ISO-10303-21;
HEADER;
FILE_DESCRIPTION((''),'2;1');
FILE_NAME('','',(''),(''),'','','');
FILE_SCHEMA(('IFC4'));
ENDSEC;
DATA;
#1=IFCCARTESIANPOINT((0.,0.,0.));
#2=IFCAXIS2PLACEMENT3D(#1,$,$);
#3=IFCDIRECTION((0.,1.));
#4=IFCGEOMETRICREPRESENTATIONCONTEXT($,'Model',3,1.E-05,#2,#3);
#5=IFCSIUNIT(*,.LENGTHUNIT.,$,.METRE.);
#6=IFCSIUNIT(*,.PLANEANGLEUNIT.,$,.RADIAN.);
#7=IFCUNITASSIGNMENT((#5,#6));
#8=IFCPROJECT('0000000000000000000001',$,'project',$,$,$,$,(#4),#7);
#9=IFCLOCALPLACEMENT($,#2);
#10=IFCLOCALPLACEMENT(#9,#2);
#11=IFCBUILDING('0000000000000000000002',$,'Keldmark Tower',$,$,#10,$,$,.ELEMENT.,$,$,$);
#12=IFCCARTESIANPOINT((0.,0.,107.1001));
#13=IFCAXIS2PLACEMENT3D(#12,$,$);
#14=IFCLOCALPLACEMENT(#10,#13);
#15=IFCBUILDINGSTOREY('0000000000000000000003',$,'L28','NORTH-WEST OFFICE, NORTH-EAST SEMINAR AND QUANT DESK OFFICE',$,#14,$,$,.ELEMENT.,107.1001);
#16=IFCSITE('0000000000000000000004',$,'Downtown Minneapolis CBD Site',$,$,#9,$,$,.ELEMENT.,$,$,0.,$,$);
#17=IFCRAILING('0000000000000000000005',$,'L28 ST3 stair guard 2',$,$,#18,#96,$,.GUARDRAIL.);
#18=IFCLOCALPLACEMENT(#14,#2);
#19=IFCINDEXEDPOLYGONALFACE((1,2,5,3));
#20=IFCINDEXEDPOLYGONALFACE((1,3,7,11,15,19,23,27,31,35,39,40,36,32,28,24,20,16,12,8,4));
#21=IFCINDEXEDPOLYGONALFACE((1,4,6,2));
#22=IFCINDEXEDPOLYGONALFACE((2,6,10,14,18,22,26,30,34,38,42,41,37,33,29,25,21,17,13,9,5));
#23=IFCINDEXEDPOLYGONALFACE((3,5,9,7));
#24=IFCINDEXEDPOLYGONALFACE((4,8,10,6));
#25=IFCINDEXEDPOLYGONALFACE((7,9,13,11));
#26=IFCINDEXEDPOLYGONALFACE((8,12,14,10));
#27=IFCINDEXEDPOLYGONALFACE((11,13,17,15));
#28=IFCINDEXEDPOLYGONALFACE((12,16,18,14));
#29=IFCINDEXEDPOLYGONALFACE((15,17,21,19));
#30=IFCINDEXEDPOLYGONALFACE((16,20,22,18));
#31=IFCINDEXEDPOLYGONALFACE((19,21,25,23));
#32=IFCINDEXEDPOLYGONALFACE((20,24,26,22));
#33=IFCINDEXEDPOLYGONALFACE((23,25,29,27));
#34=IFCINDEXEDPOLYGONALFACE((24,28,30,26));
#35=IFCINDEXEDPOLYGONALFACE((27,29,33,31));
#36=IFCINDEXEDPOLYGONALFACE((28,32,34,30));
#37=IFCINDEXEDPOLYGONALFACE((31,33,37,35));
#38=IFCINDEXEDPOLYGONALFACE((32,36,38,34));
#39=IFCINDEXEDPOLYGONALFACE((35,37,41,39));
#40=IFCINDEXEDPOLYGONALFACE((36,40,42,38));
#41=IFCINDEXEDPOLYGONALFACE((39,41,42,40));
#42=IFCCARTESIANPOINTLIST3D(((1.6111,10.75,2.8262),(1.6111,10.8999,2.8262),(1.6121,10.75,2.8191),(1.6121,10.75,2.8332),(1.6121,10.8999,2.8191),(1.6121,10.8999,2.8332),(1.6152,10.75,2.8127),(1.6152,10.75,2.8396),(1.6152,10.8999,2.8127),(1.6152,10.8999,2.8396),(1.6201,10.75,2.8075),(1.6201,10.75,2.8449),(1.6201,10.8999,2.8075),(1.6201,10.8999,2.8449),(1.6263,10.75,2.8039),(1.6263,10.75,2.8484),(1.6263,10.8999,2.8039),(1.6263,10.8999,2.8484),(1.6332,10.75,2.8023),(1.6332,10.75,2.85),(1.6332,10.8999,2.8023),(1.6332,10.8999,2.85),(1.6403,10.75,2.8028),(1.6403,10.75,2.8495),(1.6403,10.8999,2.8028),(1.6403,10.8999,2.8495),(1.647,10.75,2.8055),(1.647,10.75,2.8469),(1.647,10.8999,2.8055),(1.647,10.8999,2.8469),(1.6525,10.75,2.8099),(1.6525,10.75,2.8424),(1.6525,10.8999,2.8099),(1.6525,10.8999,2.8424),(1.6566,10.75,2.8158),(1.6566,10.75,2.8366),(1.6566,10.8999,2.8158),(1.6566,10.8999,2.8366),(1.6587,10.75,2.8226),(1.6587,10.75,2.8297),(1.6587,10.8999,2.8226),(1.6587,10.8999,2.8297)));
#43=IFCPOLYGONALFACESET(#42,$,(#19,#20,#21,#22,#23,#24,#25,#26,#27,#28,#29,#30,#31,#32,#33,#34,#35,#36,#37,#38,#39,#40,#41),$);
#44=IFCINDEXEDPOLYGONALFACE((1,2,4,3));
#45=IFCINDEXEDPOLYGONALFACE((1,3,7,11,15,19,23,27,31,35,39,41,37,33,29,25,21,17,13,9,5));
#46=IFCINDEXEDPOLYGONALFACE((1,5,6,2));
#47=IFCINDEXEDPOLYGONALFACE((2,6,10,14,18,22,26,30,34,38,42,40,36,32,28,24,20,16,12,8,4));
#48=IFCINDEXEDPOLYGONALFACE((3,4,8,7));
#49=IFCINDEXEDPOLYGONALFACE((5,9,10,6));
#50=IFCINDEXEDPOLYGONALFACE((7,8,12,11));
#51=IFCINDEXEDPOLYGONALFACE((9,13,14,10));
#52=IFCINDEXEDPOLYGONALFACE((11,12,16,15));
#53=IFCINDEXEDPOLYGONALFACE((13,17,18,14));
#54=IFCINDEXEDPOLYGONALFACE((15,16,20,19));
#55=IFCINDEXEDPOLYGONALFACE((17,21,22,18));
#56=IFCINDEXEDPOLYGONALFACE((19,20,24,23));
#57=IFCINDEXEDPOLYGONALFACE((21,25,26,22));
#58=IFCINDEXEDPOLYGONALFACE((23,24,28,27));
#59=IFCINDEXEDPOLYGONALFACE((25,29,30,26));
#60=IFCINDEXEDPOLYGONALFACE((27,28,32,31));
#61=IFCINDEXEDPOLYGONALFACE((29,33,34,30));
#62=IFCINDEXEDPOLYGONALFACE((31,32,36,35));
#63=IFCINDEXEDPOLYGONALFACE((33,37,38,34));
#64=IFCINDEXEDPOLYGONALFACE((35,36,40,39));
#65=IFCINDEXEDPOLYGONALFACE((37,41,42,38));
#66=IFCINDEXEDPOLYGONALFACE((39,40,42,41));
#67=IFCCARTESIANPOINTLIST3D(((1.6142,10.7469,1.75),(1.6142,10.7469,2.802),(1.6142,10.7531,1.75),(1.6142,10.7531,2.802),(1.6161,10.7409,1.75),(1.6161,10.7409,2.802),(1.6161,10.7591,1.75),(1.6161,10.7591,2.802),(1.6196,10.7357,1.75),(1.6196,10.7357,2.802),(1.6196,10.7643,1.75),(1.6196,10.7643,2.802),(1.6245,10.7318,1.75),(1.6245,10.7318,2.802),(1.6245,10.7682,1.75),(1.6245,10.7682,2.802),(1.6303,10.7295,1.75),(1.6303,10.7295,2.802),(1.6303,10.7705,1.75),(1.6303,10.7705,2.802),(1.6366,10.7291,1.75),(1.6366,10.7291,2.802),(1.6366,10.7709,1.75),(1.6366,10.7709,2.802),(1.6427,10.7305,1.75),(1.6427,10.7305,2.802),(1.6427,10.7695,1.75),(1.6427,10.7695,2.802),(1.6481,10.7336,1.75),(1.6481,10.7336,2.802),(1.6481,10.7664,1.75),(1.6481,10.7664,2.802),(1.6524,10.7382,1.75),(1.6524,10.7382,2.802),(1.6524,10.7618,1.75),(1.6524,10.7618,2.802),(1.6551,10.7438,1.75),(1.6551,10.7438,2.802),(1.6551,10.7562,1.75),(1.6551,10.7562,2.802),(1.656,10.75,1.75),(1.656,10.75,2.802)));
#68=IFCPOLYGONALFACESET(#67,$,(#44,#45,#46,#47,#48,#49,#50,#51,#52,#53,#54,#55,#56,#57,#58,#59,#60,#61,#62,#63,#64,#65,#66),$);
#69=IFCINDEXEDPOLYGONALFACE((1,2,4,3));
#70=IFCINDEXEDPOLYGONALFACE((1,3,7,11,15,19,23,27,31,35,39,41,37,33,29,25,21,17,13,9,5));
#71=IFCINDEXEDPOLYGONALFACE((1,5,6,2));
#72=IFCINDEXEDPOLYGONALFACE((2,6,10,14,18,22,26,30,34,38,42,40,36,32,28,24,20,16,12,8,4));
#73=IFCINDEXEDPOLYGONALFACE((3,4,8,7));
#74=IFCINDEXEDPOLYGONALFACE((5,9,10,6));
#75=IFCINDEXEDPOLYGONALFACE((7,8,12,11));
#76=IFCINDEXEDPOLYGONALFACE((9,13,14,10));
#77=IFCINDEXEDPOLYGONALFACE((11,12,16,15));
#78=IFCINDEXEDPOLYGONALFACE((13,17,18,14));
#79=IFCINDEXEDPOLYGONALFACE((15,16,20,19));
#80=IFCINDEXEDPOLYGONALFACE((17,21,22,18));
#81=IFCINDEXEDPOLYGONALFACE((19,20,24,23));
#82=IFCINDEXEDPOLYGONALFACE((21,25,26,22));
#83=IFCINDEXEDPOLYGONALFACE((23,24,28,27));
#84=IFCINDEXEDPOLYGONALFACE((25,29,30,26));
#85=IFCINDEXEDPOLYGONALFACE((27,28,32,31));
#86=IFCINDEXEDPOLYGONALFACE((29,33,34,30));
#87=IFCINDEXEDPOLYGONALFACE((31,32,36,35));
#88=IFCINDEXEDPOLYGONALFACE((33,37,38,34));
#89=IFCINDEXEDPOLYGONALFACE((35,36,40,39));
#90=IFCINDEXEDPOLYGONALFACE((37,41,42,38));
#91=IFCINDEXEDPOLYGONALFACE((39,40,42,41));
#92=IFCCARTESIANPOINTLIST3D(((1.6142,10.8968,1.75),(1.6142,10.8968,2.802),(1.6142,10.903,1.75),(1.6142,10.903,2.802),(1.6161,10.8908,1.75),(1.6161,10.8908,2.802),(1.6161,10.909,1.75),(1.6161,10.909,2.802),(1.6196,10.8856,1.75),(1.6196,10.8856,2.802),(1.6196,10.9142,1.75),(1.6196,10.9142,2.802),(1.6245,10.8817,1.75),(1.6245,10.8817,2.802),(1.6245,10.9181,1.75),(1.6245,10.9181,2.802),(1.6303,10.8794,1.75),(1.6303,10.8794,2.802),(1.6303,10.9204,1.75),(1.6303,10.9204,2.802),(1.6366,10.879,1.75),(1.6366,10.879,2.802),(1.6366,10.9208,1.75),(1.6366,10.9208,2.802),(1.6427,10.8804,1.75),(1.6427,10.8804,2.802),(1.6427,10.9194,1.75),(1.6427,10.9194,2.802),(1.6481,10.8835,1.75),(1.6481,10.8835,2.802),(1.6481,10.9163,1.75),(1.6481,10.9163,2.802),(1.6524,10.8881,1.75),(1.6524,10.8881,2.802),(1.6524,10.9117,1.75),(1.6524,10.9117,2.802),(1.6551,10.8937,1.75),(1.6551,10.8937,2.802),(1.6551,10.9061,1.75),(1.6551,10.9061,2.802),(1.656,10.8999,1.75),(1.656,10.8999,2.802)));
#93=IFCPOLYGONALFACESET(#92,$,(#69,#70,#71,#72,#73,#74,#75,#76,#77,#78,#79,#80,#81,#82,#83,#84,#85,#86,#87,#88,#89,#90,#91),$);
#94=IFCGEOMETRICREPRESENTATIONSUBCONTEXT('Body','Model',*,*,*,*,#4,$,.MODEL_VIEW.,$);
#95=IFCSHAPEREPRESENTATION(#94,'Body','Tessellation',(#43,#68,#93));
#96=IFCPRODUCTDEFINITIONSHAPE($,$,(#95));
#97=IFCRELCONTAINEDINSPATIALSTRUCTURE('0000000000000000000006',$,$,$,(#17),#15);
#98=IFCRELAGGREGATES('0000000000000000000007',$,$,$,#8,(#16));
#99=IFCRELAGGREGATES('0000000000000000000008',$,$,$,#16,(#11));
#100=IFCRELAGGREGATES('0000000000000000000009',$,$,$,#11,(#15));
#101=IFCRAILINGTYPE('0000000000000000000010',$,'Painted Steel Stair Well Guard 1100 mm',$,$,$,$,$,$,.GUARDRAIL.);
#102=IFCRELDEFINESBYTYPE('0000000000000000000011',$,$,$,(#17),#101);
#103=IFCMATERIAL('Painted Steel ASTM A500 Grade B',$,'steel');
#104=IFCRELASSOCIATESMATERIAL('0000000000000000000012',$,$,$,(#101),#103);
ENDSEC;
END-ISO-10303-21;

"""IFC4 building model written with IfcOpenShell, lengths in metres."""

from ifc_helpers import new_model, si_unit, direction, frame, origin, origin_2d, place, context, subcontext, project, spatial, circle, extrude, material, type_object, element, save


model = new_model("IFC4")

# Units and contexts
model_context = context("Model", 3, precision=1e-05, world=origin(), true_north=direction((0.0, 1.0)))
body_context = subcontext(model_context, "Body", "Model", "MODEL_VIEW")
ifc_project = project(units=[si_unit("LENGTHUNIT", "METRE"), si_unit("PLANEANGLEUNIT", "RADIAN")], contexts=[model_context])

# Site, building, storey
site_placement = place(None, origin())
site = spatial("IfcSite", under=ifc_project, at=site_placement, Name="Downtown Minneapolis CBD Site", CompositionType="ELEMENT", RefElevation=0.0)
building_placement = place(site_placement, origin())
building = spatial("IfcBuilding", under=site, at=building_placement, Name="Keldmark Tower", CompositionType="ELEMENT")
storey_placement = place(building_placement, frame((0.0, 0.0, 107.1001)))
storey = spatial("IfcBuildingStorey", under=building, at=storey_placement, Name="L28", Description="NORTH-WEST OFFICE, NORTH-EAST SEMINAR AND QUANT DESK OFFICE", CompositionType="ELEMENT", Elevation=107.1001)

# Railing
ifc_material_1 = material(Name="Painted Steel ASTM A500 Grade B", Category="steel")
railing_type_1 = type_object("IfcRailingType", Name="Painted Steel Stair Well Guard 1100 mm", PredefinedType="GUARDRAIL", material=ifc_material_1)
railing_1_placement = place(storey_placement, frame((1.635, 10.75, 1.75)))
element("IfcRailing", 1, at=railing_1_placement, inside=storey, type_object=railing_type_1, Name="L28 ST3 stair guard 2", PredefinedType="GUARDRAIL", context=body_context, shape_type="SweptSolid", body=[
    extrude(circle(Radius=0.0239, at=origin_2d()), frame((0.0, 0.0, 1.0762), z_axis=(0.0, 1.0, 0.0), x_axis=(-1.0, 0.0, 0.0)), (0.0, 0.0, 1.0), 0.1499),
    extrude(circle(Radius=0.021, at=origin_2d()), origin(), (0.0, 0.0, 1.0), 1.052),
    extrude(circle(Radius=0.021, at=origin_2d()), frame((0.0, 0.1499, 0.0)), (0.0, 0.0, 1.0), 1.052),
])

save(model, "model.ifc")
